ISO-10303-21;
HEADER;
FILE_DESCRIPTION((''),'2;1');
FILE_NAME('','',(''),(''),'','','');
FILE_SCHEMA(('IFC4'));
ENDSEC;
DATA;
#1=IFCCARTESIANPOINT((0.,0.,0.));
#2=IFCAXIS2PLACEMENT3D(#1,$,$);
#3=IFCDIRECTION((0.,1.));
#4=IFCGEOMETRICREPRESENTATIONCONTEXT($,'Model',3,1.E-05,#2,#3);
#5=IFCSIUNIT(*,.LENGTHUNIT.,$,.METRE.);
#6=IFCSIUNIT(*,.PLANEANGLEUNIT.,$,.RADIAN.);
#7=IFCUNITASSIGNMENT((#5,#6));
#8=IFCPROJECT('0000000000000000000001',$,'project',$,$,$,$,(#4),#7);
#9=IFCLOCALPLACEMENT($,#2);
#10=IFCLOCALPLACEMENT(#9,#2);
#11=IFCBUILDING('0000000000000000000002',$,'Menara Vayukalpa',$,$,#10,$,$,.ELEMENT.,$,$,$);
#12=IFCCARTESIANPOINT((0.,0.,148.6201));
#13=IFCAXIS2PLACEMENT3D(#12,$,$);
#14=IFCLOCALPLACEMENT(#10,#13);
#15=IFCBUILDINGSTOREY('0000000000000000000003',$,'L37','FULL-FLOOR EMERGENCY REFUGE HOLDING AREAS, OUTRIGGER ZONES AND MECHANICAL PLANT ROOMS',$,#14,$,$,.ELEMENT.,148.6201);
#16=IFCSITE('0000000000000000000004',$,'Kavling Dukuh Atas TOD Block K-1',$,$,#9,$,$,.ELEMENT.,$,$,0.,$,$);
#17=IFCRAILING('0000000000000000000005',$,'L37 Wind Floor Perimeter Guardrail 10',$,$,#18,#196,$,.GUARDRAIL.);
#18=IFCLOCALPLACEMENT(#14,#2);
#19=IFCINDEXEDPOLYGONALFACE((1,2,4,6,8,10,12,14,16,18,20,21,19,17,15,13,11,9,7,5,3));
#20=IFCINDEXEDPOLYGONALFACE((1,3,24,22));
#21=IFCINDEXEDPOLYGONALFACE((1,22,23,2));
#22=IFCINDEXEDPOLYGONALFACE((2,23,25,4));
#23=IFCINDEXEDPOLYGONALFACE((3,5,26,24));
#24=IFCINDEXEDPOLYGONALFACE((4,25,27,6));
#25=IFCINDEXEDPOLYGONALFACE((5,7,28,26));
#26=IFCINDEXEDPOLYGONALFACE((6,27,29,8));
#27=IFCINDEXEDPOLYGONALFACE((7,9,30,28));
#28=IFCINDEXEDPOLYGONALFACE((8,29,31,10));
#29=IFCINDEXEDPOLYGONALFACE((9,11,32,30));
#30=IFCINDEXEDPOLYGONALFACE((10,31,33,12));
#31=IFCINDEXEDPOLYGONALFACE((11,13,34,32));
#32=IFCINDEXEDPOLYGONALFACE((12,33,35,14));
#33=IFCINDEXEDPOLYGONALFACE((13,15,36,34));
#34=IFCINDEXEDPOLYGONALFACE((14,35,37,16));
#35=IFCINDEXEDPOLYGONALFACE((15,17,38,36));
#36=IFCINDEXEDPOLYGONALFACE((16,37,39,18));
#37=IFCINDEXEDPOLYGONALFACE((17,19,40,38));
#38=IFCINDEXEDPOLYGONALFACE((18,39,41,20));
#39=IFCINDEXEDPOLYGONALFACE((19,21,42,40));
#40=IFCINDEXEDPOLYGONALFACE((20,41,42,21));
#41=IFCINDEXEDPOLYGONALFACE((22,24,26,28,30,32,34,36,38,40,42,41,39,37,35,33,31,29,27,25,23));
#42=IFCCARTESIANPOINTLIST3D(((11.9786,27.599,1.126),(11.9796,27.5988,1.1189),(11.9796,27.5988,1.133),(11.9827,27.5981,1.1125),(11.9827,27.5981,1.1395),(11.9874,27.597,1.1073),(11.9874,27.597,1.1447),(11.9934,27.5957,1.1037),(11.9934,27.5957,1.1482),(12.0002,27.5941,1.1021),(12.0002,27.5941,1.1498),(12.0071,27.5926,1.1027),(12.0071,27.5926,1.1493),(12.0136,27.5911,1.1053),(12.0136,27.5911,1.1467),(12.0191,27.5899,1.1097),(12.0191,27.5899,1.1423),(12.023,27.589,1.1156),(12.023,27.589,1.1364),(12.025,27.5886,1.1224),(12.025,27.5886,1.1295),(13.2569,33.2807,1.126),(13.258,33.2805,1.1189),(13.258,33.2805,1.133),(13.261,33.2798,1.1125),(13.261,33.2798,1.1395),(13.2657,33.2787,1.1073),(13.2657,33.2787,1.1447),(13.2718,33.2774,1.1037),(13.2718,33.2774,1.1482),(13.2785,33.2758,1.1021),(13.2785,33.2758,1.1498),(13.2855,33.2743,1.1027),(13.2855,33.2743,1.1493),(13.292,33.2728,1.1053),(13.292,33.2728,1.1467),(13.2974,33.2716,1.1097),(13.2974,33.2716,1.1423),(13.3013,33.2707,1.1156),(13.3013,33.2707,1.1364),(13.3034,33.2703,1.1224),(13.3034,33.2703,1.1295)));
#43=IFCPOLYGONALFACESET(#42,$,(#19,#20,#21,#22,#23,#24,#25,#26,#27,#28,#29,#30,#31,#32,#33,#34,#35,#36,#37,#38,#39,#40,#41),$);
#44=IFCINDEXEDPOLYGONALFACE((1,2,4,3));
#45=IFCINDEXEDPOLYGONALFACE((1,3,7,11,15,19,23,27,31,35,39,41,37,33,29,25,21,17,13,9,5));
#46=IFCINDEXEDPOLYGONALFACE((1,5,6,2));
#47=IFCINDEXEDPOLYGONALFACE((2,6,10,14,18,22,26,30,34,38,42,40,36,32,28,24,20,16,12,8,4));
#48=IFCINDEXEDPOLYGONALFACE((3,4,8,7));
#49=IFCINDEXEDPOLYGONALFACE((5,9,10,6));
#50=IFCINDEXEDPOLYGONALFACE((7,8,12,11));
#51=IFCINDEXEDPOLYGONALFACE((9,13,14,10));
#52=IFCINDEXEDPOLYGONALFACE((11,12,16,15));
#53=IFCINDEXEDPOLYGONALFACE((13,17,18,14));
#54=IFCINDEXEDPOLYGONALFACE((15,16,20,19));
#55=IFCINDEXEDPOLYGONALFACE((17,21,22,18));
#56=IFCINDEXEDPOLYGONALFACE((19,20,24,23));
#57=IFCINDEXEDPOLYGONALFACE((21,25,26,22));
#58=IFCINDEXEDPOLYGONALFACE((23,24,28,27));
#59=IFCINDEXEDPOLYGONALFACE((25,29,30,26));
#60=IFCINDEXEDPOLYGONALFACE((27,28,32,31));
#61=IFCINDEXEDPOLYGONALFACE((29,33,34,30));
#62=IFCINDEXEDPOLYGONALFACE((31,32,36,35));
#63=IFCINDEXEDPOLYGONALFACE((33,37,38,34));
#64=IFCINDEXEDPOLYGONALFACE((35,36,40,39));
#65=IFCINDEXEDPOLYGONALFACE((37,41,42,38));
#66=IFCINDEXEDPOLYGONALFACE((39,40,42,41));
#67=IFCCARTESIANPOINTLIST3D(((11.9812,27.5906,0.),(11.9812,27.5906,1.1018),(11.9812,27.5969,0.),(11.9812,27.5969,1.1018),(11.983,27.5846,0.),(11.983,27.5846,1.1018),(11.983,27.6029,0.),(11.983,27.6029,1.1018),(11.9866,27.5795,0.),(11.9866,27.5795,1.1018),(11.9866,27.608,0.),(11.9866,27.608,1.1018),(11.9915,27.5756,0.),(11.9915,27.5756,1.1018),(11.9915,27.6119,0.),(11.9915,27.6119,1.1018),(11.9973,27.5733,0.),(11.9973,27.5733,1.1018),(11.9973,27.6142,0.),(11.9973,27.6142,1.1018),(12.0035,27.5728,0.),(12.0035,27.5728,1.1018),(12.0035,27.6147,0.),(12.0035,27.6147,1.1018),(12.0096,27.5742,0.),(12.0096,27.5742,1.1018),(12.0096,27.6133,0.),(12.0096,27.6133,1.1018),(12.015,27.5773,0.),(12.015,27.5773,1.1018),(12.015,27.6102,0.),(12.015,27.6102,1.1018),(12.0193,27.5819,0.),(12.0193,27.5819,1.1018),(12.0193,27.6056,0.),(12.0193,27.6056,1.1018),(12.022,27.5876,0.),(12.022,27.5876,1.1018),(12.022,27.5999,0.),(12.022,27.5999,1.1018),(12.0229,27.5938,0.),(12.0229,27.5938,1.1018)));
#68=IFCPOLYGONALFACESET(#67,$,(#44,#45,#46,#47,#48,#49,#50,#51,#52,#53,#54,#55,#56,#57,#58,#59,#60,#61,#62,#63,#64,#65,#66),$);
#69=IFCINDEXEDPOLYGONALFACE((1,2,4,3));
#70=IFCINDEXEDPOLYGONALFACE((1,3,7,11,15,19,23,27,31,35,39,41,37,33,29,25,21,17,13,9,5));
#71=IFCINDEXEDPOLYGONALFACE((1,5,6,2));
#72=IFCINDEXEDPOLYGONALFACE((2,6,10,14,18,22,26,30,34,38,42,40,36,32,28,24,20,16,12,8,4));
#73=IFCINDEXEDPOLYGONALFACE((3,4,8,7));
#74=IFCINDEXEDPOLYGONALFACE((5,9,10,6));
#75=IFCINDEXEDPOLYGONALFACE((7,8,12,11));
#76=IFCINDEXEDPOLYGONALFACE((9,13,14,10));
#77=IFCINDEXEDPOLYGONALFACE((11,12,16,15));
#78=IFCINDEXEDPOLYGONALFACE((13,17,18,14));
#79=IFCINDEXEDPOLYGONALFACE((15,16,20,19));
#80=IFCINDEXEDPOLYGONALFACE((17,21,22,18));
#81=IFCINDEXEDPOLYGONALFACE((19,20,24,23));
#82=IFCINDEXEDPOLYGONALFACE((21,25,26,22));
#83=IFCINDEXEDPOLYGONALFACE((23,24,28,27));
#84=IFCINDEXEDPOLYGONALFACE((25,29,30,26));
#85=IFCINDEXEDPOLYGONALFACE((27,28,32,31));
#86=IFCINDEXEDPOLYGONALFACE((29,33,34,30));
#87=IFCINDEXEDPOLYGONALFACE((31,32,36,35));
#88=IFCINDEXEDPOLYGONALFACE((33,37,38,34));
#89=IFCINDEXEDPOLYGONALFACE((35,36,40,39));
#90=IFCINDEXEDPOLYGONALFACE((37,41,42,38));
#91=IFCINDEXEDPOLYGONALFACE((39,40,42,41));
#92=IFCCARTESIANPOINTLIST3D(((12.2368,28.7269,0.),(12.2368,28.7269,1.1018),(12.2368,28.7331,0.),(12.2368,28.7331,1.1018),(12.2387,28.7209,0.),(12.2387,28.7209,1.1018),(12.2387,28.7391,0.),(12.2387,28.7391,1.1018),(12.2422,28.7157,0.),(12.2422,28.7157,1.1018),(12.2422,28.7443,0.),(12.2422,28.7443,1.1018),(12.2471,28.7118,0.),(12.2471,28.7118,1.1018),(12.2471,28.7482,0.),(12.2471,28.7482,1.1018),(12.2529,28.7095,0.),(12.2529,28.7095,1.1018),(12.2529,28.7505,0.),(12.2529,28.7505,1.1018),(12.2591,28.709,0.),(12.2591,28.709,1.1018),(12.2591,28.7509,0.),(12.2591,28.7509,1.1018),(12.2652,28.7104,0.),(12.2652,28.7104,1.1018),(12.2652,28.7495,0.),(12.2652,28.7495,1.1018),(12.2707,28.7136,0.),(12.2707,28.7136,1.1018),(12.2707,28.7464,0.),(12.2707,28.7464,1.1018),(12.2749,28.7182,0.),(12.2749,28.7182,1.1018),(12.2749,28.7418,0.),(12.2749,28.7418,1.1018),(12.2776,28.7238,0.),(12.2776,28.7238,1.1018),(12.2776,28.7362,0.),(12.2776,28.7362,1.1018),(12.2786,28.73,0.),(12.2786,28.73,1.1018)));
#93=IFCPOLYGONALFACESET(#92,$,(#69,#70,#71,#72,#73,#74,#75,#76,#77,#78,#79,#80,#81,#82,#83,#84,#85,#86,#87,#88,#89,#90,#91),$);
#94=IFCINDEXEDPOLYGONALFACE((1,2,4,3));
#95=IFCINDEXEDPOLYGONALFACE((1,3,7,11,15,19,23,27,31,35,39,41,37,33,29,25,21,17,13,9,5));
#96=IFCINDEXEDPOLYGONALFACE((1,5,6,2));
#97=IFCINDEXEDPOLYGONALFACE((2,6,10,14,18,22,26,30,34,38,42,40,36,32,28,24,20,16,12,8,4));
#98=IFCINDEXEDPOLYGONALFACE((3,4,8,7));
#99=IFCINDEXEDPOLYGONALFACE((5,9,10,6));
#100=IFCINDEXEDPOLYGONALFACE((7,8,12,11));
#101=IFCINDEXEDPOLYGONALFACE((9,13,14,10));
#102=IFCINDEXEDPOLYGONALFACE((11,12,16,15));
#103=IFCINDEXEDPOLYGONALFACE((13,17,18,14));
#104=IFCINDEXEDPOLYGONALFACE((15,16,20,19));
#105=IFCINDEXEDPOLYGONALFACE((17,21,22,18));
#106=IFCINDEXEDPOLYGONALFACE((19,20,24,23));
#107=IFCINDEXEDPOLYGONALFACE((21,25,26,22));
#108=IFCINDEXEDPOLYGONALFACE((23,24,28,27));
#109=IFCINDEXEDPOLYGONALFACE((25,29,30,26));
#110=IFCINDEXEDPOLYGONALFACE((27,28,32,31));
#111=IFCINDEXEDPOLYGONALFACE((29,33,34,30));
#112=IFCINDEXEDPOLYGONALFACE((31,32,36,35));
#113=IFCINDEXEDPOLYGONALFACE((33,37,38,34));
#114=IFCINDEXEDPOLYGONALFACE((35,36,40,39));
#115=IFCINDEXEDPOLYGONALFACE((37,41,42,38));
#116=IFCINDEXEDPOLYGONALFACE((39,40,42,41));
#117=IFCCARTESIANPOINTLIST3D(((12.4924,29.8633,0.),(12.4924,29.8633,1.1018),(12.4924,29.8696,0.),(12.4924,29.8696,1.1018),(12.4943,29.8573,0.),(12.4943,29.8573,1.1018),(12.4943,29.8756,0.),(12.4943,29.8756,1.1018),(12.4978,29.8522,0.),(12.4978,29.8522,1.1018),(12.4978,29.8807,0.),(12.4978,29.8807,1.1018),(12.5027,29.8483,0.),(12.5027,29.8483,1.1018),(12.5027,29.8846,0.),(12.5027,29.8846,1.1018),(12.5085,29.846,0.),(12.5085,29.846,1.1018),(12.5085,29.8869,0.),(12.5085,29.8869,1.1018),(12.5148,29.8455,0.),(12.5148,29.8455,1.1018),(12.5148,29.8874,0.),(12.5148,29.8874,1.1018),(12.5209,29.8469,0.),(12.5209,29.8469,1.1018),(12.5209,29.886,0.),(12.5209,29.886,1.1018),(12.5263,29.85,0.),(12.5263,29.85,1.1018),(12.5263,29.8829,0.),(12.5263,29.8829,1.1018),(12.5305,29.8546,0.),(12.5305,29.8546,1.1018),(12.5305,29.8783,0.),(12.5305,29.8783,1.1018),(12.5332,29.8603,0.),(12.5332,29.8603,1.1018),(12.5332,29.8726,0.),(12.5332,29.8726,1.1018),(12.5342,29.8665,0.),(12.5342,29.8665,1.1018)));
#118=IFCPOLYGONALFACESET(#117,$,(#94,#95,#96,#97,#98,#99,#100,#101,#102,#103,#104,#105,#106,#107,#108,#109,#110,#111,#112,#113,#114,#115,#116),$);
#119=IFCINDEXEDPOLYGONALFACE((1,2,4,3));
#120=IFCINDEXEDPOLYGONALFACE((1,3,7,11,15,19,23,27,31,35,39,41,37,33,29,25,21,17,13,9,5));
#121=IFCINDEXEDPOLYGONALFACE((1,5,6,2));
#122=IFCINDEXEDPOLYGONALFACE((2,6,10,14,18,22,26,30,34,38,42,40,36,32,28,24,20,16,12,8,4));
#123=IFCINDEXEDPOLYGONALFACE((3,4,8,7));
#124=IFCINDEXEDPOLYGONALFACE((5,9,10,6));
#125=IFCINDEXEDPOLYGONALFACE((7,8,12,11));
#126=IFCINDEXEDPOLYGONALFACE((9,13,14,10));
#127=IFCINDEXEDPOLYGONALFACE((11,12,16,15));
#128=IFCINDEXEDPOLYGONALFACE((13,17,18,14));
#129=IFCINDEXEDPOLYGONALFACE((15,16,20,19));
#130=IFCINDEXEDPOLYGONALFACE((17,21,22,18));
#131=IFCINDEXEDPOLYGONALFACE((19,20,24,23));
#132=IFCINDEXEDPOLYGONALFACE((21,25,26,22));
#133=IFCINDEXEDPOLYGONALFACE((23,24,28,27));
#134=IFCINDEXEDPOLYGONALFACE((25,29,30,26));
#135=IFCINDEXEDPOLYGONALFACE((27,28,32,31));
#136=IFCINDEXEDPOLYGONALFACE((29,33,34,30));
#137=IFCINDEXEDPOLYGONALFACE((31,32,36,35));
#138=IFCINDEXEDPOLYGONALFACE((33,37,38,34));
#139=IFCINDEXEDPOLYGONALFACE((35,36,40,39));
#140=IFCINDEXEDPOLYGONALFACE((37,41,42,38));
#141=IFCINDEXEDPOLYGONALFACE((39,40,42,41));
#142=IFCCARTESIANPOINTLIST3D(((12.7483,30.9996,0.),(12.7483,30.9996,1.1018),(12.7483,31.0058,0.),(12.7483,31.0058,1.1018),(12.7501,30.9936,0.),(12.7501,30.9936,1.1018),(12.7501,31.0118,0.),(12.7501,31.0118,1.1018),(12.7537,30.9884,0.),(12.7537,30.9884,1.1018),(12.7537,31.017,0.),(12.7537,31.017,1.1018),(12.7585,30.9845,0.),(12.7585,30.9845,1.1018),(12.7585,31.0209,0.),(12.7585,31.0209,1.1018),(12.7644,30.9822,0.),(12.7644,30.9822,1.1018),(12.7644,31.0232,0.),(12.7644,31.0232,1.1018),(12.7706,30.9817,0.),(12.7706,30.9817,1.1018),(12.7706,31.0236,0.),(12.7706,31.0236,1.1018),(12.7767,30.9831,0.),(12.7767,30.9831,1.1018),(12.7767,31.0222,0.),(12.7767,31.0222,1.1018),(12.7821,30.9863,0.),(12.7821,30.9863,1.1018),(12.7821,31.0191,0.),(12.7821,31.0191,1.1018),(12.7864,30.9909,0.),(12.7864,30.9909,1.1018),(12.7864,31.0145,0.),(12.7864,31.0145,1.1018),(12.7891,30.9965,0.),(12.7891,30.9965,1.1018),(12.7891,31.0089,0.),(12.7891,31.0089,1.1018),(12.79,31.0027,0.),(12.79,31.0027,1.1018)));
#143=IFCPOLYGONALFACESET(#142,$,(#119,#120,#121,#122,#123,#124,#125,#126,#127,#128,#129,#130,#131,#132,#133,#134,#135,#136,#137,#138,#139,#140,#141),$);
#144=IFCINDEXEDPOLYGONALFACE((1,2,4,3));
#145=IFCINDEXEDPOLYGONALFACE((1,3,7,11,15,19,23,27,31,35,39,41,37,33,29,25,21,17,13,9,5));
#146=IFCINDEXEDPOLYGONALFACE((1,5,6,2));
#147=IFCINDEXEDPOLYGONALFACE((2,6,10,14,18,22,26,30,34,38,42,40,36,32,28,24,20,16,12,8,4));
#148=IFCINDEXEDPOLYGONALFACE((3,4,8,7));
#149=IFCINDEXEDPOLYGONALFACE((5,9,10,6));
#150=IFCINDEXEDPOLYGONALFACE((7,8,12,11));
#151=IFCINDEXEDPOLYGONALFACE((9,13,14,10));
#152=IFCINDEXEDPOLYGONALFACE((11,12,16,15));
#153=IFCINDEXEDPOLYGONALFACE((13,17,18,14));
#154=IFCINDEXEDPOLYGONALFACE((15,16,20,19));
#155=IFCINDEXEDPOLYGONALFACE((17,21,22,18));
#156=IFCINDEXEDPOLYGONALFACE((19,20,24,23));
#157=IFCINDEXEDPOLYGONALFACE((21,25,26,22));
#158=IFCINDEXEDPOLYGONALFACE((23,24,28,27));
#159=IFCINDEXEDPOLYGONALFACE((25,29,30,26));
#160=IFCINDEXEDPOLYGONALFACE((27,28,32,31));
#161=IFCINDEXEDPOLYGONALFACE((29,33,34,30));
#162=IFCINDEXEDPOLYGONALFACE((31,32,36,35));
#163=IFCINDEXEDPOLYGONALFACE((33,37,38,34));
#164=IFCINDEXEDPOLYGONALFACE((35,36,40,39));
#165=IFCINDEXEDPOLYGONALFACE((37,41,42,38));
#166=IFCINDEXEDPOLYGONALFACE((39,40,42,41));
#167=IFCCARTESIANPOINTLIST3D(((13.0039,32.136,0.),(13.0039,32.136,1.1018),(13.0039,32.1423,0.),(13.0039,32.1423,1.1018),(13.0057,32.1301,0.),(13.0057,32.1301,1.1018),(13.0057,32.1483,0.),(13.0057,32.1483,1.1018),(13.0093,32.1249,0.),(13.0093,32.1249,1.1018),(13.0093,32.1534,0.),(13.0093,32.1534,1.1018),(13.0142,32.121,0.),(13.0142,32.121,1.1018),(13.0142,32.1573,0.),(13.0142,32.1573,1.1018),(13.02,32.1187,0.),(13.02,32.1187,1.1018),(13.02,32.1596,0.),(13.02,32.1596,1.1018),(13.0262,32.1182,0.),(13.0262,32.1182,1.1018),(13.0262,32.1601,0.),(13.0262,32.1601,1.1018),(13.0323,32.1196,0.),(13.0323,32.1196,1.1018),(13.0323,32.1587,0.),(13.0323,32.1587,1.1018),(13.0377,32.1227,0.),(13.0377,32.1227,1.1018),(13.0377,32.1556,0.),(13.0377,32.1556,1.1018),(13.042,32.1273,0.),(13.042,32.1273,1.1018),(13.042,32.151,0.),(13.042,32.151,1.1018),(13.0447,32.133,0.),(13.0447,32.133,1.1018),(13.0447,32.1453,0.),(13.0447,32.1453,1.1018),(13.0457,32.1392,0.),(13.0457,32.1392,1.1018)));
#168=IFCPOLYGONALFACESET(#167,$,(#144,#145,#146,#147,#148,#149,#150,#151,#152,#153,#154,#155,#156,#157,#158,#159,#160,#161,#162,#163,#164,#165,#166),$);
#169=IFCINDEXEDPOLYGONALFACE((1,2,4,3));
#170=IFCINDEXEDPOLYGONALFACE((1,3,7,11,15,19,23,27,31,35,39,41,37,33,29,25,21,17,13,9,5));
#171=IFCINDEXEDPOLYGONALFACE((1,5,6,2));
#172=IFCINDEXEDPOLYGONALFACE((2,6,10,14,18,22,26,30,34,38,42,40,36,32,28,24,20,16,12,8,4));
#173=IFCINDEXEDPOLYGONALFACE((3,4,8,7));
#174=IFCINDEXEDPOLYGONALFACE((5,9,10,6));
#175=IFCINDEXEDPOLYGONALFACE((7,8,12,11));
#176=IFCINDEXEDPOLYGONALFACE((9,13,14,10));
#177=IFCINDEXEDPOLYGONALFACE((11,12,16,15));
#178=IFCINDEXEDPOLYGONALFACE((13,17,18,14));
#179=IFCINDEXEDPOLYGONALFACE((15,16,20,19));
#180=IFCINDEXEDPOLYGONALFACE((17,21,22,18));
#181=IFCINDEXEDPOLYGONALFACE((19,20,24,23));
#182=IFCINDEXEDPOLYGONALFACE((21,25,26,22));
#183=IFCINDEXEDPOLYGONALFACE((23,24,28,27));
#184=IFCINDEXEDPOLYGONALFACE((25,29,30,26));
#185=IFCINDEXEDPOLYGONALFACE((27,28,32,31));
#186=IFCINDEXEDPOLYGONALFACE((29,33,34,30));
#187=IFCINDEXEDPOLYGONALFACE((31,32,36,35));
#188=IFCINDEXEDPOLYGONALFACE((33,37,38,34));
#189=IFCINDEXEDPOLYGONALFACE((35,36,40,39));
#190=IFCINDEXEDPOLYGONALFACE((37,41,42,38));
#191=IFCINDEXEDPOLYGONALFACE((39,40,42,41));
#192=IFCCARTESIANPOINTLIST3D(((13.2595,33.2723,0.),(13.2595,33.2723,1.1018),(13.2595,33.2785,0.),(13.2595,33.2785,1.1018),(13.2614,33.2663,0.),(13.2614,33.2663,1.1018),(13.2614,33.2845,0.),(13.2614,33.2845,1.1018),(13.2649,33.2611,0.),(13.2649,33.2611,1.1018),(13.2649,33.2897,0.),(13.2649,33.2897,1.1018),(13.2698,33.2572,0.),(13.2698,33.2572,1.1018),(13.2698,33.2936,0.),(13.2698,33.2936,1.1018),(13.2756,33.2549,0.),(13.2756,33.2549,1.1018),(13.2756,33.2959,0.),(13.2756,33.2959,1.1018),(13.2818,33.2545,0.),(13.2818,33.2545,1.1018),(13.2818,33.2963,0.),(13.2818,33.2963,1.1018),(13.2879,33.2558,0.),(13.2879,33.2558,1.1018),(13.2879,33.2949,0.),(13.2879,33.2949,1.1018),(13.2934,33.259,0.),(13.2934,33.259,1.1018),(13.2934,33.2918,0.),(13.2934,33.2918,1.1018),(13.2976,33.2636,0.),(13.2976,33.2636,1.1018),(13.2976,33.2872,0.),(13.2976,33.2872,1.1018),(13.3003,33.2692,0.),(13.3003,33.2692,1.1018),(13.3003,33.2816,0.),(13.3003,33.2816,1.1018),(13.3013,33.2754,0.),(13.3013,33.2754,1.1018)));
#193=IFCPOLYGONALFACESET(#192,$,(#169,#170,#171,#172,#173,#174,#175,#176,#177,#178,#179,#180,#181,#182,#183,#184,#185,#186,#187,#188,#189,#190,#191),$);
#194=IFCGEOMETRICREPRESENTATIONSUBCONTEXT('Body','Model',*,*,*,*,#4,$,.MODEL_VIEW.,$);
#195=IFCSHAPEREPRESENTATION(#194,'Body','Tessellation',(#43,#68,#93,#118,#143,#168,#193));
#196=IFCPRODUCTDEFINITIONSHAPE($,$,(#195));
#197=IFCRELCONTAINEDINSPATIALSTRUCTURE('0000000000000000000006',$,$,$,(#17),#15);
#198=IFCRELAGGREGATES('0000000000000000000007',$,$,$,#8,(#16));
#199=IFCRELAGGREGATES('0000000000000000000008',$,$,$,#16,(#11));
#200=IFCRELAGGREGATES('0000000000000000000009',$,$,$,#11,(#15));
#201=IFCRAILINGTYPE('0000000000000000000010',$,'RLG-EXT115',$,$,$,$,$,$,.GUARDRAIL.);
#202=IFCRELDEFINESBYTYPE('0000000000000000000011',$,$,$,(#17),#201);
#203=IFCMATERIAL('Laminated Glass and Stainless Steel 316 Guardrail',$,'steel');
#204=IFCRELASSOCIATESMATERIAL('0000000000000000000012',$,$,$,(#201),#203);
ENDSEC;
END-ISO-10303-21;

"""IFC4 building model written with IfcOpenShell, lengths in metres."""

from ifc_helpers import new_model, si_unit, direction, frame, origin, origin_2d, place, context, subcontext, project, spatial, circle, extrude, material, type_object, element, save


model = new_model("IFC4")

# Units and contexts
model_context = context("Model", 3, precision=1e-05, world=origin(), true_north=direction((0.0, 1.0)))
body_context = subcontext(model_context, "Body", "Model", "MODEL_VIEW")
ifc_project = project(units=[si_unit("LENGTHUNIT", "METRE"), si_unit("PLANEANGLEUNIT", "RADIAN")], contexts=[model_context])

# Site, building, storey
site_placement = place(None, origin())
site = spatial("IfcSite", under=ifc_project, at=site_placement, Name="Kavling Dukuh Atas TOD Block K-1", CompositionType="ELEMENT", RefElevation=0.0)
building_placement = place(site_placement, origin())
building = spatial("IfcBuilding", under=site, at=building_placement, Name="Menara Vayukalpa", CompositionType="ELEMENT")
storey_placement = place(building_placement, frame((0.0, 0.0, 148.6201)))
storey = spatial("IfcBuildingStorey", under=building, at=storey_placement, Name="L37", Description="FULL-FLOOR EMERGENCY REFUGE HOLDING AREAS, OUTRIGGER ZONES AND MECHANICAL PLANT ROOMS", CompositionType="ELEMENT", Elevation=148.6201)

# Railing
ifc_material_1 = material(Name="Laminated Glass and Stainless Steel 316 Guardrail", Category="steel")
railing_type = type_object("IfcRailingType", Name="RLG-EXT115", PredefinedType="GUARDRAIL", material=ifc_material_1)
railing_1_placement = place(storey_placement, frame((12.002, 27.5938, 0.0)))
element("IfcRailing", 1, at=railing_1_placement, inside=storey, type_object=railing_type, Name="L37 Wind Floor Perimeter Guardrail 10", PredefinedType="GUARDRAIL", context=body_context, shape_type="SweptSolid", body=[
    extrude(circle(Radius=0.0239, at=origin_2d()), frame((0.0, 0.0, 1.126), z_axis=(0.219504, 0.975612, 0.0), x_axis=(-0.975612, 0.219504, 0.0)), (0.0, 0.0, 1.0), 5.8237),
    extrude(circle(Radius=0.021, at=origin_2d()), origin(), (0.0, 0.0, 1.0), 1.1018),
    extrude(circle(Radius=0.021, at=origin_2d()), frame((0.2556, 1.1362, 0.0)), (0.0, 0.0, 1.0), 1.1018),
    extrude(circle(Radius=0.021, at=origin_2d()), frame((0.5112, 2.2727, 0.0)), (0.0, 0.0, 1.0), 1.1018),
    extrude(circle(Radius=0.021, at=origin_2d()), frame((0.7671, 3.4089, 0.0)), (0.0, 0.0, 1.0), 1.1018),
    extrude(circle(Radius=0.021, at=origin_2d()), frame((1.0227, 4.5454, 0.0)), (0.0, 0.0, 1.0), 1.1018),
    extrude(circle(Radius=0.021, at=origin_2d()), frame((1.2783, 5.6816, 0.0)), (0.0, 0.0, 1.0), 1.1018),
])

save(model, "model.ifc")
